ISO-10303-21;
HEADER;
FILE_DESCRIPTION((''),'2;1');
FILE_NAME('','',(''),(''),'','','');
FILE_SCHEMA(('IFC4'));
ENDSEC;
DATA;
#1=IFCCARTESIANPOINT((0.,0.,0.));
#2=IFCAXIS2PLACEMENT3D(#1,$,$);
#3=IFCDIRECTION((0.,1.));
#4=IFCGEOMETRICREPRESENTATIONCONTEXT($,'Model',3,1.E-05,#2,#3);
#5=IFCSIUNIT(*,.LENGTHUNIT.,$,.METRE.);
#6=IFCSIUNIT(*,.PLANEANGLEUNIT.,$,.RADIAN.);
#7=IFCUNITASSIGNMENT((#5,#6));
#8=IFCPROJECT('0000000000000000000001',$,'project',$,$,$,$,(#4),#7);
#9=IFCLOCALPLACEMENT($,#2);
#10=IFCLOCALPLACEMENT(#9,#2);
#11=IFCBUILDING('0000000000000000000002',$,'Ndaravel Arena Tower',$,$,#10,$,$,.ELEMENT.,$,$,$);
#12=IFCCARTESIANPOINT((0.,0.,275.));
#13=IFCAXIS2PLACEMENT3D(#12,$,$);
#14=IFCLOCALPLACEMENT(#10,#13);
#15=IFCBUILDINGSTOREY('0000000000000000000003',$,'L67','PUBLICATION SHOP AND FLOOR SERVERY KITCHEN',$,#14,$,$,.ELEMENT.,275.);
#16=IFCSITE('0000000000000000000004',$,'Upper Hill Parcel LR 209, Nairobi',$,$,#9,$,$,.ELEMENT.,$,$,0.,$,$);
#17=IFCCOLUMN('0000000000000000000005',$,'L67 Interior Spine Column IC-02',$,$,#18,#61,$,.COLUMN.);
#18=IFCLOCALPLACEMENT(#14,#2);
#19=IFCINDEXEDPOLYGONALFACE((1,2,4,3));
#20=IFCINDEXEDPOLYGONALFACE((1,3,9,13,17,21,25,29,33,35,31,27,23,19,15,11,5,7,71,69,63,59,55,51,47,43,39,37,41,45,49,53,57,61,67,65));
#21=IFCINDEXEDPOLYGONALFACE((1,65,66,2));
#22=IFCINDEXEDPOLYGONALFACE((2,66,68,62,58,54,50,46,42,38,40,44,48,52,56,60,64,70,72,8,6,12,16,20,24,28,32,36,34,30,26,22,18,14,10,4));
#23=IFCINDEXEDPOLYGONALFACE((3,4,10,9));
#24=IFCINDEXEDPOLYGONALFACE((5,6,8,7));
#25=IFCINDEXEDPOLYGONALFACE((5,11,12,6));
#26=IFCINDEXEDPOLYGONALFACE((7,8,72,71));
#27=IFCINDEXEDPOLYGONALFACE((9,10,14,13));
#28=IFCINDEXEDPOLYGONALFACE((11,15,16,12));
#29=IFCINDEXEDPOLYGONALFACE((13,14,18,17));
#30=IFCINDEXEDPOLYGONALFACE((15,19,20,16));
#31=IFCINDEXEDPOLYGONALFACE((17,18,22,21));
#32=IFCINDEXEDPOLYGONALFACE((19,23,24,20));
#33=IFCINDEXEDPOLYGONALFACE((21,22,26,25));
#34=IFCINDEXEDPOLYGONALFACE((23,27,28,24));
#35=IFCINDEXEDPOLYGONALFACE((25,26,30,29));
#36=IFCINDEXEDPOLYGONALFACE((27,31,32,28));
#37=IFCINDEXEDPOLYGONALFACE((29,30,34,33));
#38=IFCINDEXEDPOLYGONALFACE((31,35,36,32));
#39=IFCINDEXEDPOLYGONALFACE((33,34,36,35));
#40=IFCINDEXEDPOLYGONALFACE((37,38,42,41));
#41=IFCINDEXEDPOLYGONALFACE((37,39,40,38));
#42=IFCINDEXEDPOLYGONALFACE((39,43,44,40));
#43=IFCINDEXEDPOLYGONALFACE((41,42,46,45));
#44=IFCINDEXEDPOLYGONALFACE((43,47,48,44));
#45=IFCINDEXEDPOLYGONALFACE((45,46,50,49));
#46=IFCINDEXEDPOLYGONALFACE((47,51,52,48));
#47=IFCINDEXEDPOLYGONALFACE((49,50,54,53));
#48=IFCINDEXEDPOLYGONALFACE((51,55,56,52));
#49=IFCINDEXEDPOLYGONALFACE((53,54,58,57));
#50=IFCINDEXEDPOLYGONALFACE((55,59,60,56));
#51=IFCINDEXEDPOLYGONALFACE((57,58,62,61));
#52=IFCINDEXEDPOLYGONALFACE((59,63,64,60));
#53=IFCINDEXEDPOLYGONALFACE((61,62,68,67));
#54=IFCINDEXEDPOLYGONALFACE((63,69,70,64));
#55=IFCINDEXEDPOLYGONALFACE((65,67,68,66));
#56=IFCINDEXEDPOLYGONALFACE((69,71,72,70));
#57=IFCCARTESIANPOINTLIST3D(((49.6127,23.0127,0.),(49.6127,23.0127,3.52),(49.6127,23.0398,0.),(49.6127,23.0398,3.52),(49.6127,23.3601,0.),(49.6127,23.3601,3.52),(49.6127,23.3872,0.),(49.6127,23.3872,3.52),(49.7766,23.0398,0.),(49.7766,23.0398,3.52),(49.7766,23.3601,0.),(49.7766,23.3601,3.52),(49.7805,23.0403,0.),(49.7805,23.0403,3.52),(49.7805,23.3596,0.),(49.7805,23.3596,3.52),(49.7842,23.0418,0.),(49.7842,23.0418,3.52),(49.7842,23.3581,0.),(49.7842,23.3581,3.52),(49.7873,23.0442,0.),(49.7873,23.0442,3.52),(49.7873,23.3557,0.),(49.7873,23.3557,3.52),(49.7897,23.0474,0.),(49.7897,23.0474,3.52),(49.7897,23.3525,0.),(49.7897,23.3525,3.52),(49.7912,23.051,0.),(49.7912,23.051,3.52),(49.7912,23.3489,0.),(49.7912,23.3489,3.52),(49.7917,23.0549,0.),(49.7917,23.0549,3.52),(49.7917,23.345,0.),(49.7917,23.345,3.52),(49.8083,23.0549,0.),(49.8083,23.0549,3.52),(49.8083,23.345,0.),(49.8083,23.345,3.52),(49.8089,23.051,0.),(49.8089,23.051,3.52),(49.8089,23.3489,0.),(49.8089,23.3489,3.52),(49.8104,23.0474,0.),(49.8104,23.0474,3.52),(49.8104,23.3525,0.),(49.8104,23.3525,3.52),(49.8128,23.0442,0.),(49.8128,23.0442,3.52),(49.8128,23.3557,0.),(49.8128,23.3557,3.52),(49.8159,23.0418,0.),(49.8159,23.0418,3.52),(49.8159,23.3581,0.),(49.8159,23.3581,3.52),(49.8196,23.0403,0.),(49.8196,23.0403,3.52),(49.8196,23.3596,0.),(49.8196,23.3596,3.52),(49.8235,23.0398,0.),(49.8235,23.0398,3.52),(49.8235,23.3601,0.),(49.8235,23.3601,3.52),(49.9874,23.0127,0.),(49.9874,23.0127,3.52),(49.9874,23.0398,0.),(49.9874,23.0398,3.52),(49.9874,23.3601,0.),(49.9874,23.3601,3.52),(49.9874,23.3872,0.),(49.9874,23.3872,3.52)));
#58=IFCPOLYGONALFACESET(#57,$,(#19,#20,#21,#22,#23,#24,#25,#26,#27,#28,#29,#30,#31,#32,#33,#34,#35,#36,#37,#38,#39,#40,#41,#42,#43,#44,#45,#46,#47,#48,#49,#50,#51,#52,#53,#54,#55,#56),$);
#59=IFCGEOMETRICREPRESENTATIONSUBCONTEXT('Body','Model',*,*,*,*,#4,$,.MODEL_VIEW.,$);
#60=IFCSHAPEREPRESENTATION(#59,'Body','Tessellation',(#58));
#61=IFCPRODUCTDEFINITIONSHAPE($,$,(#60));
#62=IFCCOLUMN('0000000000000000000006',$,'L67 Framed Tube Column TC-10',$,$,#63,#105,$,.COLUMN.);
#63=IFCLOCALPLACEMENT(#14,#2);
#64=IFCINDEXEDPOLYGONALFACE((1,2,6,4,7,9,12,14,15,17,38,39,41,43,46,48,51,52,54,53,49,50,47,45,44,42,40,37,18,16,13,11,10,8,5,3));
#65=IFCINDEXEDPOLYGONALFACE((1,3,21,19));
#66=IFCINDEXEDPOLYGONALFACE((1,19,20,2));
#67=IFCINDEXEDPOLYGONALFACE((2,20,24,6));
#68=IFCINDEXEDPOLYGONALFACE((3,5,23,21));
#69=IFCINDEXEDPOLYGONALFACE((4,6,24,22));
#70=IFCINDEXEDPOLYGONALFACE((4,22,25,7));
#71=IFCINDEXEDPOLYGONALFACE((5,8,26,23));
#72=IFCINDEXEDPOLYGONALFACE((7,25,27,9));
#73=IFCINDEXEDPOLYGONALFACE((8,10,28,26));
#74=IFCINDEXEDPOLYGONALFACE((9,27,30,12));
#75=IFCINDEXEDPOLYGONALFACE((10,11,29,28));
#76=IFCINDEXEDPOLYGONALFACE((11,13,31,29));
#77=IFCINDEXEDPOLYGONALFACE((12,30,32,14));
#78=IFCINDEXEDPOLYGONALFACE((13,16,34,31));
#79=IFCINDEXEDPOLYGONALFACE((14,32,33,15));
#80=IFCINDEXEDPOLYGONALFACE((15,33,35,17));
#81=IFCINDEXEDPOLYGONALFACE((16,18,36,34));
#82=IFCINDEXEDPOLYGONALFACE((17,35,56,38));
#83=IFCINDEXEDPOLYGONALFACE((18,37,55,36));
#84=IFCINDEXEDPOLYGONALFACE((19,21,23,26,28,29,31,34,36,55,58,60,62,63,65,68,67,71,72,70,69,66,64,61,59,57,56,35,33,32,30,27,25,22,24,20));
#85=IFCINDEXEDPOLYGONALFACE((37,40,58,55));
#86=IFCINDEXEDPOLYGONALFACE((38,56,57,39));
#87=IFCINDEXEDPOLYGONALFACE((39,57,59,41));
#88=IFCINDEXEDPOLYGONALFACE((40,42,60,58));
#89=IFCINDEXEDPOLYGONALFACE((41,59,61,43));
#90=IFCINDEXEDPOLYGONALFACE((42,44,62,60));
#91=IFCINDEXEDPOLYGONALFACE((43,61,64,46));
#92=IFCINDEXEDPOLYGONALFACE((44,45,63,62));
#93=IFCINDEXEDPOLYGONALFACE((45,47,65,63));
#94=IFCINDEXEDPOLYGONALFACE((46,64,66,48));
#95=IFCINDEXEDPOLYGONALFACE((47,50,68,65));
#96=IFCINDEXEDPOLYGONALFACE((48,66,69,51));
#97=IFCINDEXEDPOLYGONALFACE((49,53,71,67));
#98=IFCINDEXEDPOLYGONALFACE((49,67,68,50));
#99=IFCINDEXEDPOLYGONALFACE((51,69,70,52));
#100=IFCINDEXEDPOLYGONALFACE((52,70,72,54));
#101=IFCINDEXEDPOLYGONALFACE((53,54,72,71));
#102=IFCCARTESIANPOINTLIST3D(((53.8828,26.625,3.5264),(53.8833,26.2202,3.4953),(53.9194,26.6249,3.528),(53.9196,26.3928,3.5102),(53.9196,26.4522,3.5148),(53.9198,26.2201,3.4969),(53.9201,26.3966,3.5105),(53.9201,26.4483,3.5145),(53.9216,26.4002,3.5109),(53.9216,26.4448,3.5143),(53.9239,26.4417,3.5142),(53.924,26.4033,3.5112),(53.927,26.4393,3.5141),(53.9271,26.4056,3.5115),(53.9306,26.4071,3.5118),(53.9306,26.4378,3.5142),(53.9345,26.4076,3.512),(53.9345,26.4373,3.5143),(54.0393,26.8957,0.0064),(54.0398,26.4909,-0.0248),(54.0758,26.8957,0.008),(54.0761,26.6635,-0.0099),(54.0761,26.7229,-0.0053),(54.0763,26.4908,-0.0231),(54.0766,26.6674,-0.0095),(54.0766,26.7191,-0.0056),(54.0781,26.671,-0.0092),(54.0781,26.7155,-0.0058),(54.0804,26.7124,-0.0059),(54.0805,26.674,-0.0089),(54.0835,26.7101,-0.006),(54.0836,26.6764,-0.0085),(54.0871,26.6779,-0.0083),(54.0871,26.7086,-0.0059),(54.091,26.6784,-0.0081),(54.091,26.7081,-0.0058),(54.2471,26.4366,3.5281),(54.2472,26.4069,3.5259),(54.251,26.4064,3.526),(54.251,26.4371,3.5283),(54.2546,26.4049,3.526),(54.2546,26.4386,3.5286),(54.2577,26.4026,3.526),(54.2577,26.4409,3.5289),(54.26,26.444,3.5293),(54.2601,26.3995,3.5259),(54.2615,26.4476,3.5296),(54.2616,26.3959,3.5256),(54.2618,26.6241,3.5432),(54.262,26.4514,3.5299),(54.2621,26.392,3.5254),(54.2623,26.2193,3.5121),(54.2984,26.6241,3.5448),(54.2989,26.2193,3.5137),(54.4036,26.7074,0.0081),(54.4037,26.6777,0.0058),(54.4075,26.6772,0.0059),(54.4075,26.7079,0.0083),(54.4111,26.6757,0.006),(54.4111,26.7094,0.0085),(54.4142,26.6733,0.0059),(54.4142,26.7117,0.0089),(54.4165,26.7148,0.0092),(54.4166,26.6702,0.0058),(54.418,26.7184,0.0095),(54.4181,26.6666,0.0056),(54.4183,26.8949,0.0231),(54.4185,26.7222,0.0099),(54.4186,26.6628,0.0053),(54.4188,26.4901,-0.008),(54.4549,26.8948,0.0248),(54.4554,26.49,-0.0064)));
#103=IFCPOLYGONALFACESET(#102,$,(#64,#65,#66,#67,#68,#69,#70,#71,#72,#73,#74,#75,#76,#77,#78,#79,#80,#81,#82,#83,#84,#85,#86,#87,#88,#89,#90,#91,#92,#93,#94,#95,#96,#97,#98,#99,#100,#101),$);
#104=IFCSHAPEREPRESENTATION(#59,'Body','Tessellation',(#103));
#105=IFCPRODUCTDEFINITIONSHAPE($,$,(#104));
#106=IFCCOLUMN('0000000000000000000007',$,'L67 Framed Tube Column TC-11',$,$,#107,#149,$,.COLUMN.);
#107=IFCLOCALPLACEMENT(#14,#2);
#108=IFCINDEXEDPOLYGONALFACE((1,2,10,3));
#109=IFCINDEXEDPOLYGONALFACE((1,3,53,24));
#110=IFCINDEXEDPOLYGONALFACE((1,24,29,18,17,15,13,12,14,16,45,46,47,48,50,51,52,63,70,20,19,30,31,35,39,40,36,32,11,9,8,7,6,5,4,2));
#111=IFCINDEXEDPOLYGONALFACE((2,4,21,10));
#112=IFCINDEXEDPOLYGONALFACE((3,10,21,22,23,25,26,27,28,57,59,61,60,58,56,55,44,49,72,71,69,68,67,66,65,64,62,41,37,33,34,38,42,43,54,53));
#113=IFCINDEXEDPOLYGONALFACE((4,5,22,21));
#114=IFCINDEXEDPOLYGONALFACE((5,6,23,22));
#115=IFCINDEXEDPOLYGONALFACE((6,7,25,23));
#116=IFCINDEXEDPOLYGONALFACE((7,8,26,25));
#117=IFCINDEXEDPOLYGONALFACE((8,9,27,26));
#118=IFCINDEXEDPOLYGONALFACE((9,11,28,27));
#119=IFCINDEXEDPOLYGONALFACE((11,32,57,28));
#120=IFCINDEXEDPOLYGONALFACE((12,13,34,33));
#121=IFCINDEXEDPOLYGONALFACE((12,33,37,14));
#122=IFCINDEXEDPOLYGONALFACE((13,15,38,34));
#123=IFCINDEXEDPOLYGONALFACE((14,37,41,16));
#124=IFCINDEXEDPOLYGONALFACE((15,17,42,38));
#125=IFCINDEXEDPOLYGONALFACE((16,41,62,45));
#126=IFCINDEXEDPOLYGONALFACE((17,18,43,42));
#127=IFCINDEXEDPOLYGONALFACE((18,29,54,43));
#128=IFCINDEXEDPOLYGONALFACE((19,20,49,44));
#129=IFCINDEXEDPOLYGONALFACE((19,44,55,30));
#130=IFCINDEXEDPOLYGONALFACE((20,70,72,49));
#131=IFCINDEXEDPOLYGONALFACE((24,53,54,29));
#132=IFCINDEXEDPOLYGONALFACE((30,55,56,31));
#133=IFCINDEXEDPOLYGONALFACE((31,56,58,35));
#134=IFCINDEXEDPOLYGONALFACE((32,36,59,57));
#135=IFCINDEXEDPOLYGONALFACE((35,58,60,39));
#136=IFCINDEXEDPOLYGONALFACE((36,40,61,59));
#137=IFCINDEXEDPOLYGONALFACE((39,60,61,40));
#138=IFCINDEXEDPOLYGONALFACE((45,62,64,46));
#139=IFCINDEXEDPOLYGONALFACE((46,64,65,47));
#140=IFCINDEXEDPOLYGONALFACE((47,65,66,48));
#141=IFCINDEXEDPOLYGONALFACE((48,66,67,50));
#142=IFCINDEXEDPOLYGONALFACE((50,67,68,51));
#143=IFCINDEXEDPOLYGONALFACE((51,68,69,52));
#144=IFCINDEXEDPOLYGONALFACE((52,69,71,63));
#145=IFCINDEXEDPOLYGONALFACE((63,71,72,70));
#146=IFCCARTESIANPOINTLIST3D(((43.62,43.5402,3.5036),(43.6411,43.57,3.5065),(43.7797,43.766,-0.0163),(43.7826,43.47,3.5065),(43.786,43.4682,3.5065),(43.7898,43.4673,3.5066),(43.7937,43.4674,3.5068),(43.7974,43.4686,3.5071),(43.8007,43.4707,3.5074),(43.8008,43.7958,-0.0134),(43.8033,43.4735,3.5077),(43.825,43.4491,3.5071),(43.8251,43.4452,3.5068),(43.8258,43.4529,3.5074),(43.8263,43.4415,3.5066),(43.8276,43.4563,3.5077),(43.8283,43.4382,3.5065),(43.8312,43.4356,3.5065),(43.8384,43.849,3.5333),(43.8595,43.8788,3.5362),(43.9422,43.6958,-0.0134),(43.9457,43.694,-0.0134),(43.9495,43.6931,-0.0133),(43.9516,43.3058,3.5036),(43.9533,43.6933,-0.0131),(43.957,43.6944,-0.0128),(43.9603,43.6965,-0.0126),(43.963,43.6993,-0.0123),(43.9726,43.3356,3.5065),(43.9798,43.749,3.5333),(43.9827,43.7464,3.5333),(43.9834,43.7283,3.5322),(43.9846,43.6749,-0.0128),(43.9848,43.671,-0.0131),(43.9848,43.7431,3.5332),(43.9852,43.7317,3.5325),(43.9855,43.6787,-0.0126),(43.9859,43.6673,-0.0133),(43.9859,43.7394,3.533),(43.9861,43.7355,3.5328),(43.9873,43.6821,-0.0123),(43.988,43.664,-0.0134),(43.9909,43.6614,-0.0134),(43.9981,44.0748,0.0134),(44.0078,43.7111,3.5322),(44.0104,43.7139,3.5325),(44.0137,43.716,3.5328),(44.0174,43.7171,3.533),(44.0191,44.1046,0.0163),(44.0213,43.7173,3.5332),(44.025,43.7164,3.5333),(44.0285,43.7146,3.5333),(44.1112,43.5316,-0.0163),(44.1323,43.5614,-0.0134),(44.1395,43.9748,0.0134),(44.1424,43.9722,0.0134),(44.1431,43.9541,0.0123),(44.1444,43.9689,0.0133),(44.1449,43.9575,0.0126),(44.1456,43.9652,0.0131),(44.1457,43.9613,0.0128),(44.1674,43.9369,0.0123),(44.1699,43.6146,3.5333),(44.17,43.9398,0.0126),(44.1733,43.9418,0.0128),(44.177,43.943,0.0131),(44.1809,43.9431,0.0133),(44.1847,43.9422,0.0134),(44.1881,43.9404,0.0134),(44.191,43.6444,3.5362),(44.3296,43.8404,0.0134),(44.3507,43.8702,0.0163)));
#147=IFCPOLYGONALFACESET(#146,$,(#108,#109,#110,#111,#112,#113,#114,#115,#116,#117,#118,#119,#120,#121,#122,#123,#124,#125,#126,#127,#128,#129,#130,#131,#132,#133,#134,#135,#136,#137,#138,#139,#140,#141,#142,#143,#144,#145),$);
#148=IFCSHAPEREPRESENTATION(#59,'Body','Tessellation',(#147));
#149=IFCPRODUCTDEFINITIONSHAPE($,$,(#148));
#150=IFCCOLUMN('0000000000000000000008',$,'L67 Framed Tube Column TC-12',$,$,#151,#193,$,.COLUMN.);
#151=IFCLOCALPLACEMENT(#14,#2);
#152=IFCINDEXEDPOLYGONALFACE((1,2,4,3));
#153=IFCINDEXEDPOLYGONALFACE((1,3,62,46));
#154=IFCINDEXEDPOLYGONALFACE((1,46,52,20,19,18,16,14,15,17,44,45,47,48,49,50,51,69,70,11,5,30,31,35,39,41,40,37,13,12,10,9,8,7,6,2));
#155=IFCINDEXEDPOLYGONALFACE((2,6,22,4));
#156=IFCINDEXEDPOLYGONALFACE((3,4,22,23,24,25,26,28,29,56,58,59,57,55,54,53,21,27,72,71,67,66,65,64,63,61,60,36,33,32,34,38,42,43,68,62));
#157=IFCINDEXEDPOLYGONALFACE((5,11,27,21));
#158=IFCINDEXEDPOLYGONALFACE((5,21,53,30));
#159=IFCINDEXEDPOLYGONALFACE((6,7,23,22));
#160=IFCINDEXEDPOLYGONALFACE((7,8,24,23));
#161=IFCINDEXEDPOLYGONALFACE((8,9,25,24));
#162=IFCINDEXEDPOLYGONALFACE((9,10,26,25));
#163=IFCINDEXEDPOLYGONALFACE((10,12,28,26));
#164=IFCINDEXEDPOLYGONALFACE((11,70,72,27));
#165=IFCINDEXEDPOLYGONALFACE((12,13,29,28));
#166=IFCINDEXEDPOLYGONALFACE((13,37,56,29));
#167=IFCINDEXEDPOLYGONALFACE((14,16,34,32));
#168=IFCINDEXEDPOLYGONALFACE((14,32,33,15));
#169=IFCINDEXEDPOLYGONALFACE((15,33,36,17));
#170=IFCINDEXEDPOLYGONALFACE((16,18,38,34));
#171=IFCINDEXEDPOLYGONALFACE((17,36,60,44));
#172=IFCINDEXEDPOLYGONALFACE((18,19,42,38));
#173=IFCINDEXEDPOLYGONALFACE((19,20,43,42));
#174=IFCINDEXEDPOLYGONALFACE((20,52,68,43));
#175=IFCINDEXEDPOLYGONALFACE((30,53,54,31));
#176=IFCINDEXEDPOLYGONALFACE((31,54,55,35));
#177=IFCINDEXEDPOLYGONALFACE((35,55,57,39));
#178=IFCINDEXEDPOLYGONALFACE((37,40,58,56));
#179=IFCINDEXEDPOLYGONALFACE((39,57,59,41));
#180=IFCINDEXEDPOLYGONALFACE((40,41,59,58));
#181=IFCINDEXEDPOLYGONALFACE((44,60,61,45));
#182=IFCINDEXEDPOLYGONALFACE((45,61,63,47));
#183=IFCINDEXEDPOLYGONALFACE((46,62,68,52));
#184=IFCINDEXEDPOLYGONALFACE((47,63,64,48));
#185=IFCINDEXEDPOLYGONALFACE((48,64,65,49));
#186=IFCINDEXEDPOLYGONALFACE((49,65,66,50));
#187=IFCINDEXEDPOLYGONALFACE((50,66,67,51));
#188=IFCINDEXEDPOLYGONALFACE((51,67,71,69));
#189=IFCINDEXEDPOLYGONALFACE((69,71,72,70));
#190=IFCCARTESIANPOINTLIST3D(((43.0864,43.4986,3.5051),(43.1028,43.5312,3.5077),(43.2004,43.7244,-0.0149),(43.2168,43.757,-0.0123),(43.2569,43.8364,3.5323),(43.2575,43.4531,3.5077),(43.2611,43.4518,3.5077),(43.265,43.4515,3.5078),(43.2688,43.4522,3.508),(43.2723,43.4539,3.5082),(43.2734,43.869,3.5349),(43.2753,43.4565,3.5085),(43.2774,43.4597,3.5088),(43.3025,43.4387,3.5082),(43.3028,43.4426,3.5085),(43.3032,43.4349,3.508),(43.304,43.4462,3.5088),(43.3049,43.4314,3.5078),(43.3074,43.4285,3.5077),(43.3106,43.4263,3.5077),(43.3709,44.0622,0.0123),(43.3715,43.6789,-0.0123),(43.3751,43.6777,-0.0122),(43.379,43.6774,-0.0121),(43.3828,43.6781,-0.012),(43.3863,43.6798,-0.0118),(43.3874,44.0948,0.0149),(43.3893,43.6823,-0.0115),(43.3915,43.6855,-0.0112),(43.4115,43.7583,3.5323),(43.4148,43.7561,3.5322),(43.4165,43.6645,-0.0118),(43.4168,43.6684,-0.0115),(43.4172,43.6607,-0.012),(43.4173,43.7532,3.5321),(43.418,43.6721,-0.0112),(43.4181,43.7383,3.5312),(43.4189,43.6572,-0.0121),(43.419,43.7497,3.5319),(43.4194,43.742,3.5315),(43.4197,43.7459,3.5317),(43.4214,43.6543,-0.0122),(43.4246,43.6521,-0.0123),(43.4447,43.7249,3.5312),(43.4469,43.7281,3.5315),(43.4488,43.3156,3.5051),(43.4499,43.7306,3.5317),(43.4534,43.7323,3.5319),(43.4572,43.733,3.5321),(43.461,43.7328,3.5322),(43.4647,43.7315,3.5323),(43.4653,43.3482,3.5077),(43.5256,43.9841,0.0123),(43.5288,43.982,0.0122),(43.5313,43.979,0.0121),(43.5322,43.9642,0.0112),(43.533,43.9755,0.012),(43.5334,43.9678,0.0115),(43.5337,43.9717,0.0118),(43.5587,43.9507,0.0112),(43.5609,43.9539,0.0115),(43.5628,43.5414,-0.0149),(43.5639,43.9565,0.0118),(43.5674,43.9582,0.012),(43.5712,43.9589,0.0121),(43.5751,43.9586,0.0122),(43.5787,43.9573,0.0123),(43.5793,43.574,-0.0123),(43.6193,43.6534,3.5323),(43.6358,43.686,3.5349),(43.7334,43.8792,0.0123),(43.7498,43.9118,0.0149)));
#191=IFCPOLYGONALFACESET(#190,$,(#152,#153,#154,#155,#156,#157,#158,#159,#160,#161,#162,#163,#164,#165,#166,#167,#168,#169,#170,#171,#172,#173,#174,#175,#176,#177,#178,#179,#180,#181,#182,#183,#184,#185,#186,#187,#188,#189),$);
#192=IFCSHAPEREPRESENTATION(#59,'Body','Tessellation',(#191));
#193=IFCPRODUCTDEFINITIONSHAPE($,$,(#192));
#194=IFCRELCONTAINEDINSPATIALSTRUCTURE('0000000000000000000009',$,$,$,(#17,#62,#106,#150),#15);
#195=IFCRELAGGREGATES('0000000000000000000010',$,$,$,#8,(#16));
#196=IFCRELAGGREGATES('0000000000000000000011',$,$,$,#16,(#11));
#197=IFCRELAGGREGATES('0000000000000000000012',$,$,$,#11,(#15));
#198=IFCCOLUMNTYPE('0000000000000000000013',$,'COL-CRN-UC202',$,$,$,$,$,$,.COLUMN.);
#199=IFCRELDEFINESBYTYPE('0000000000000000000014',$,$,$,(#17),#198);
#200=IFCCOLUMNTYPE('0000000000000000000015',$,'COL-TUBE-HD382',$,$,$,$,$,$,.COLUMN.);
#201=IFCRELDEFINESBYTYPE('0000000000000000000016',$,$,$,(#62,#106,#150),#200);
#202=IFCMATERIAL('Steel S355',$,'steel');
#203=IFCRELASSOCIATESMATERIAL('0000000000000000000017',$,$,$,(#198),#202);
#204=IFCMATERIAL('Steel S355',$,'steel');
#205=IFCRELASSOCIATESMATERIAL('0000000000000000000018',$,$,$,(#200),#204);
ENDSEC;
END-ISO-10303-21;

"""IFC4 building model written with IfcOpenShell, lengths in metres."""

from ifc_helpers import new_model, si_unit, direction, frame, origin, origin_2d, place, context, subcontext, project, spatial, i_section, extrude, material, material_profile, profile_set, type_object, element, save


model = new_model("IFC4")

# Units and contexts
model_context = context("Model", 3, precision=1e-05, world=origin(), true_north=direction((0.0, 1.0)))
body_context = subcontext(model_context, "Body", "Model", "MODEL_VIEW")
ifc_project = project(units=[si_unit("LENGTHUNIT", "METRE"), si_unit("PLANEANGLEUNIT", "RADIAN")], contexts=[model_context])

# Site, building, storey
site_placement = place(None, origin())
site = spatial("IfcSite", under=ifc_project, at=site_placement, Name="Upper Hill Parcel LR 209, Nairobi", CompositionType="ELEMENT", RefElevation=0.0)
building_placement = place(site_placement, origin())
building = spatial("IfcBuilding", under=site, at=building_placement, Name="Ndaravel Arena Tower", CompositionType="ELEMENT")
storey_placement = place(building_placement, frame((0.0, 0.0, 275.0)))
storey = spatial("IfcBuildingStorey", under=building, at=storey_placement, Name="L67", Description="PUBLICATION SHOP AND FLOOR SERVERY KITCHEN", CompositionType="ELEMENT", Elevation=275.0)

# Columns
ifc_material_1 = material(Name="Steel S355", Category="steel")
ifc_material_profile_1 = material_profile(ifc_material_1, i_section(OverallWidth=0.3748, OverallDepth=0.3745, WebThickness=0.0166, FlangeThickness=0.0271, FilletRadius=0.0151, at=origin_2d()), Name="UC 356x368x202")
ifc_profile_set_1 = profile_set([ifc_material_profile_1], Name="Steel S355")
column_type_1 = type_object("IfcColumnType", Name="COL-CRN-UC202", PredefinedType="COLUMN", material=ifc_profile_set_1)
column_1_placement = place(storey_placement, frame((49.8, 23.2, 0.0), z_axis=(0.0, 0.0, 1.0), x_axis=(1.0, 0.0, 0.0)))
element("IfcColumn", 1, at=column_1_placement, inside=storey, type_object=column_type_1, Name="L67 Interior Spine Column IC-02", PredefinedType="COLUMN", context=body_context, shape_type="SweptSolid", body=[
    extrude(i_section(OverallWidth=0.3748, OverallDepth=0.3745, WebThickness=0.0166, FlangeThickness=0.0271, FilletRadius=0.0151, at=origin_2d()), origin(), (0.0, 0.0, 1.0), 3.52),
])
ifc_material_2 = material(Name="Steel S355", Category="steel")
ifc_material_profile_2 = material_profile(ifc_material_2, i_section(OverallWidth=0.406, OverallDepth=0.416, WebThickness=0.0298, FlangeThickness=0.0366, FilletRadius=0.0149, at=origin_2d()), Name="HD 400x382")
ifc_profile_set_2 = profile_set([ifc_material_profile_2], Name="Steel S355")
column_type_2 = type_object("IfcColumnType", Name="COL-TUBE-HD382", PredefinedType="COLUMN", material=ifc_profile_set_2)
column_2_placement = place(storey_placement, frame((54.2473, 26.6929, 0.0), z_axis=(-0.044284, -0.076616, 0.996077), x_axis=(-0.001214, 0.997058, 0.076637)))
element("IfcColumn", 2, at=column_2_placement, inside=storey, type_object=column_type_2, Name="L67 Framed Tube Column TC-10", PredefinedType="COLUMN", context=body_context, shape_type="SweptSolid", body=[
    extrude(i_section(OverallWidth=0.406, OverallDepth=0.416, WebThickness=0.0298, FlangeThickness=0.0366, FilletRadius=0.0149, at=origin_2d()), origin(), (0.0, 0.0, 1.0), 3.5339),
])
column_3_placement = place(storey_placement, frame((44.0652, 43.8181, 0.0), z_axis=(-0.045221, -0.063959, 0.996927), x_axis=(0.816527, -0.577307, 0.0)))
element("IfcColumn", 3, at=column_3_placement, inside=storey, type_object=column_type_2, Name="L67 Framed Tube Column TC-11", PredefinedType="COLUMN", context=body_context, shape_type="SweptSolid", body=[
    extrude(i_section(OverallWidth=0.406, OverallDepth=0.416, WebThickness=0.0298, FlangeThickness=0.0366, FilletRadius=0.0149, at=origin_2d()), origin(), (0.0, 0.0, 1.0), 3.5308),
])
column_4_placement = place(storey_placement, frame((43.4751, 43.8181, 0.0), z_axis=(-0.032307, -0.063991, 0.997427), x_axis=(0.892683, -0.450684, 0.0)))
element("IfcColumn", 4, at=column_4_placement, inside=storey, type_object=column_type_2, Name="L67 Framed Tube Column TC-12", PredefinedType="COLUMN", context=body_context, shape_type="SweptSolid", body=[
    extrude(i_section(OverallWidth=0.406, OverallDepth=0.416, WebThickness=0.0298, FlangeThickness=0.0366, FilletRadius=0.0149, at=origin_2d()), origin(), (0.0, 0.0, 1.0), 3.5291),
])

save(model, "model.ifc")
